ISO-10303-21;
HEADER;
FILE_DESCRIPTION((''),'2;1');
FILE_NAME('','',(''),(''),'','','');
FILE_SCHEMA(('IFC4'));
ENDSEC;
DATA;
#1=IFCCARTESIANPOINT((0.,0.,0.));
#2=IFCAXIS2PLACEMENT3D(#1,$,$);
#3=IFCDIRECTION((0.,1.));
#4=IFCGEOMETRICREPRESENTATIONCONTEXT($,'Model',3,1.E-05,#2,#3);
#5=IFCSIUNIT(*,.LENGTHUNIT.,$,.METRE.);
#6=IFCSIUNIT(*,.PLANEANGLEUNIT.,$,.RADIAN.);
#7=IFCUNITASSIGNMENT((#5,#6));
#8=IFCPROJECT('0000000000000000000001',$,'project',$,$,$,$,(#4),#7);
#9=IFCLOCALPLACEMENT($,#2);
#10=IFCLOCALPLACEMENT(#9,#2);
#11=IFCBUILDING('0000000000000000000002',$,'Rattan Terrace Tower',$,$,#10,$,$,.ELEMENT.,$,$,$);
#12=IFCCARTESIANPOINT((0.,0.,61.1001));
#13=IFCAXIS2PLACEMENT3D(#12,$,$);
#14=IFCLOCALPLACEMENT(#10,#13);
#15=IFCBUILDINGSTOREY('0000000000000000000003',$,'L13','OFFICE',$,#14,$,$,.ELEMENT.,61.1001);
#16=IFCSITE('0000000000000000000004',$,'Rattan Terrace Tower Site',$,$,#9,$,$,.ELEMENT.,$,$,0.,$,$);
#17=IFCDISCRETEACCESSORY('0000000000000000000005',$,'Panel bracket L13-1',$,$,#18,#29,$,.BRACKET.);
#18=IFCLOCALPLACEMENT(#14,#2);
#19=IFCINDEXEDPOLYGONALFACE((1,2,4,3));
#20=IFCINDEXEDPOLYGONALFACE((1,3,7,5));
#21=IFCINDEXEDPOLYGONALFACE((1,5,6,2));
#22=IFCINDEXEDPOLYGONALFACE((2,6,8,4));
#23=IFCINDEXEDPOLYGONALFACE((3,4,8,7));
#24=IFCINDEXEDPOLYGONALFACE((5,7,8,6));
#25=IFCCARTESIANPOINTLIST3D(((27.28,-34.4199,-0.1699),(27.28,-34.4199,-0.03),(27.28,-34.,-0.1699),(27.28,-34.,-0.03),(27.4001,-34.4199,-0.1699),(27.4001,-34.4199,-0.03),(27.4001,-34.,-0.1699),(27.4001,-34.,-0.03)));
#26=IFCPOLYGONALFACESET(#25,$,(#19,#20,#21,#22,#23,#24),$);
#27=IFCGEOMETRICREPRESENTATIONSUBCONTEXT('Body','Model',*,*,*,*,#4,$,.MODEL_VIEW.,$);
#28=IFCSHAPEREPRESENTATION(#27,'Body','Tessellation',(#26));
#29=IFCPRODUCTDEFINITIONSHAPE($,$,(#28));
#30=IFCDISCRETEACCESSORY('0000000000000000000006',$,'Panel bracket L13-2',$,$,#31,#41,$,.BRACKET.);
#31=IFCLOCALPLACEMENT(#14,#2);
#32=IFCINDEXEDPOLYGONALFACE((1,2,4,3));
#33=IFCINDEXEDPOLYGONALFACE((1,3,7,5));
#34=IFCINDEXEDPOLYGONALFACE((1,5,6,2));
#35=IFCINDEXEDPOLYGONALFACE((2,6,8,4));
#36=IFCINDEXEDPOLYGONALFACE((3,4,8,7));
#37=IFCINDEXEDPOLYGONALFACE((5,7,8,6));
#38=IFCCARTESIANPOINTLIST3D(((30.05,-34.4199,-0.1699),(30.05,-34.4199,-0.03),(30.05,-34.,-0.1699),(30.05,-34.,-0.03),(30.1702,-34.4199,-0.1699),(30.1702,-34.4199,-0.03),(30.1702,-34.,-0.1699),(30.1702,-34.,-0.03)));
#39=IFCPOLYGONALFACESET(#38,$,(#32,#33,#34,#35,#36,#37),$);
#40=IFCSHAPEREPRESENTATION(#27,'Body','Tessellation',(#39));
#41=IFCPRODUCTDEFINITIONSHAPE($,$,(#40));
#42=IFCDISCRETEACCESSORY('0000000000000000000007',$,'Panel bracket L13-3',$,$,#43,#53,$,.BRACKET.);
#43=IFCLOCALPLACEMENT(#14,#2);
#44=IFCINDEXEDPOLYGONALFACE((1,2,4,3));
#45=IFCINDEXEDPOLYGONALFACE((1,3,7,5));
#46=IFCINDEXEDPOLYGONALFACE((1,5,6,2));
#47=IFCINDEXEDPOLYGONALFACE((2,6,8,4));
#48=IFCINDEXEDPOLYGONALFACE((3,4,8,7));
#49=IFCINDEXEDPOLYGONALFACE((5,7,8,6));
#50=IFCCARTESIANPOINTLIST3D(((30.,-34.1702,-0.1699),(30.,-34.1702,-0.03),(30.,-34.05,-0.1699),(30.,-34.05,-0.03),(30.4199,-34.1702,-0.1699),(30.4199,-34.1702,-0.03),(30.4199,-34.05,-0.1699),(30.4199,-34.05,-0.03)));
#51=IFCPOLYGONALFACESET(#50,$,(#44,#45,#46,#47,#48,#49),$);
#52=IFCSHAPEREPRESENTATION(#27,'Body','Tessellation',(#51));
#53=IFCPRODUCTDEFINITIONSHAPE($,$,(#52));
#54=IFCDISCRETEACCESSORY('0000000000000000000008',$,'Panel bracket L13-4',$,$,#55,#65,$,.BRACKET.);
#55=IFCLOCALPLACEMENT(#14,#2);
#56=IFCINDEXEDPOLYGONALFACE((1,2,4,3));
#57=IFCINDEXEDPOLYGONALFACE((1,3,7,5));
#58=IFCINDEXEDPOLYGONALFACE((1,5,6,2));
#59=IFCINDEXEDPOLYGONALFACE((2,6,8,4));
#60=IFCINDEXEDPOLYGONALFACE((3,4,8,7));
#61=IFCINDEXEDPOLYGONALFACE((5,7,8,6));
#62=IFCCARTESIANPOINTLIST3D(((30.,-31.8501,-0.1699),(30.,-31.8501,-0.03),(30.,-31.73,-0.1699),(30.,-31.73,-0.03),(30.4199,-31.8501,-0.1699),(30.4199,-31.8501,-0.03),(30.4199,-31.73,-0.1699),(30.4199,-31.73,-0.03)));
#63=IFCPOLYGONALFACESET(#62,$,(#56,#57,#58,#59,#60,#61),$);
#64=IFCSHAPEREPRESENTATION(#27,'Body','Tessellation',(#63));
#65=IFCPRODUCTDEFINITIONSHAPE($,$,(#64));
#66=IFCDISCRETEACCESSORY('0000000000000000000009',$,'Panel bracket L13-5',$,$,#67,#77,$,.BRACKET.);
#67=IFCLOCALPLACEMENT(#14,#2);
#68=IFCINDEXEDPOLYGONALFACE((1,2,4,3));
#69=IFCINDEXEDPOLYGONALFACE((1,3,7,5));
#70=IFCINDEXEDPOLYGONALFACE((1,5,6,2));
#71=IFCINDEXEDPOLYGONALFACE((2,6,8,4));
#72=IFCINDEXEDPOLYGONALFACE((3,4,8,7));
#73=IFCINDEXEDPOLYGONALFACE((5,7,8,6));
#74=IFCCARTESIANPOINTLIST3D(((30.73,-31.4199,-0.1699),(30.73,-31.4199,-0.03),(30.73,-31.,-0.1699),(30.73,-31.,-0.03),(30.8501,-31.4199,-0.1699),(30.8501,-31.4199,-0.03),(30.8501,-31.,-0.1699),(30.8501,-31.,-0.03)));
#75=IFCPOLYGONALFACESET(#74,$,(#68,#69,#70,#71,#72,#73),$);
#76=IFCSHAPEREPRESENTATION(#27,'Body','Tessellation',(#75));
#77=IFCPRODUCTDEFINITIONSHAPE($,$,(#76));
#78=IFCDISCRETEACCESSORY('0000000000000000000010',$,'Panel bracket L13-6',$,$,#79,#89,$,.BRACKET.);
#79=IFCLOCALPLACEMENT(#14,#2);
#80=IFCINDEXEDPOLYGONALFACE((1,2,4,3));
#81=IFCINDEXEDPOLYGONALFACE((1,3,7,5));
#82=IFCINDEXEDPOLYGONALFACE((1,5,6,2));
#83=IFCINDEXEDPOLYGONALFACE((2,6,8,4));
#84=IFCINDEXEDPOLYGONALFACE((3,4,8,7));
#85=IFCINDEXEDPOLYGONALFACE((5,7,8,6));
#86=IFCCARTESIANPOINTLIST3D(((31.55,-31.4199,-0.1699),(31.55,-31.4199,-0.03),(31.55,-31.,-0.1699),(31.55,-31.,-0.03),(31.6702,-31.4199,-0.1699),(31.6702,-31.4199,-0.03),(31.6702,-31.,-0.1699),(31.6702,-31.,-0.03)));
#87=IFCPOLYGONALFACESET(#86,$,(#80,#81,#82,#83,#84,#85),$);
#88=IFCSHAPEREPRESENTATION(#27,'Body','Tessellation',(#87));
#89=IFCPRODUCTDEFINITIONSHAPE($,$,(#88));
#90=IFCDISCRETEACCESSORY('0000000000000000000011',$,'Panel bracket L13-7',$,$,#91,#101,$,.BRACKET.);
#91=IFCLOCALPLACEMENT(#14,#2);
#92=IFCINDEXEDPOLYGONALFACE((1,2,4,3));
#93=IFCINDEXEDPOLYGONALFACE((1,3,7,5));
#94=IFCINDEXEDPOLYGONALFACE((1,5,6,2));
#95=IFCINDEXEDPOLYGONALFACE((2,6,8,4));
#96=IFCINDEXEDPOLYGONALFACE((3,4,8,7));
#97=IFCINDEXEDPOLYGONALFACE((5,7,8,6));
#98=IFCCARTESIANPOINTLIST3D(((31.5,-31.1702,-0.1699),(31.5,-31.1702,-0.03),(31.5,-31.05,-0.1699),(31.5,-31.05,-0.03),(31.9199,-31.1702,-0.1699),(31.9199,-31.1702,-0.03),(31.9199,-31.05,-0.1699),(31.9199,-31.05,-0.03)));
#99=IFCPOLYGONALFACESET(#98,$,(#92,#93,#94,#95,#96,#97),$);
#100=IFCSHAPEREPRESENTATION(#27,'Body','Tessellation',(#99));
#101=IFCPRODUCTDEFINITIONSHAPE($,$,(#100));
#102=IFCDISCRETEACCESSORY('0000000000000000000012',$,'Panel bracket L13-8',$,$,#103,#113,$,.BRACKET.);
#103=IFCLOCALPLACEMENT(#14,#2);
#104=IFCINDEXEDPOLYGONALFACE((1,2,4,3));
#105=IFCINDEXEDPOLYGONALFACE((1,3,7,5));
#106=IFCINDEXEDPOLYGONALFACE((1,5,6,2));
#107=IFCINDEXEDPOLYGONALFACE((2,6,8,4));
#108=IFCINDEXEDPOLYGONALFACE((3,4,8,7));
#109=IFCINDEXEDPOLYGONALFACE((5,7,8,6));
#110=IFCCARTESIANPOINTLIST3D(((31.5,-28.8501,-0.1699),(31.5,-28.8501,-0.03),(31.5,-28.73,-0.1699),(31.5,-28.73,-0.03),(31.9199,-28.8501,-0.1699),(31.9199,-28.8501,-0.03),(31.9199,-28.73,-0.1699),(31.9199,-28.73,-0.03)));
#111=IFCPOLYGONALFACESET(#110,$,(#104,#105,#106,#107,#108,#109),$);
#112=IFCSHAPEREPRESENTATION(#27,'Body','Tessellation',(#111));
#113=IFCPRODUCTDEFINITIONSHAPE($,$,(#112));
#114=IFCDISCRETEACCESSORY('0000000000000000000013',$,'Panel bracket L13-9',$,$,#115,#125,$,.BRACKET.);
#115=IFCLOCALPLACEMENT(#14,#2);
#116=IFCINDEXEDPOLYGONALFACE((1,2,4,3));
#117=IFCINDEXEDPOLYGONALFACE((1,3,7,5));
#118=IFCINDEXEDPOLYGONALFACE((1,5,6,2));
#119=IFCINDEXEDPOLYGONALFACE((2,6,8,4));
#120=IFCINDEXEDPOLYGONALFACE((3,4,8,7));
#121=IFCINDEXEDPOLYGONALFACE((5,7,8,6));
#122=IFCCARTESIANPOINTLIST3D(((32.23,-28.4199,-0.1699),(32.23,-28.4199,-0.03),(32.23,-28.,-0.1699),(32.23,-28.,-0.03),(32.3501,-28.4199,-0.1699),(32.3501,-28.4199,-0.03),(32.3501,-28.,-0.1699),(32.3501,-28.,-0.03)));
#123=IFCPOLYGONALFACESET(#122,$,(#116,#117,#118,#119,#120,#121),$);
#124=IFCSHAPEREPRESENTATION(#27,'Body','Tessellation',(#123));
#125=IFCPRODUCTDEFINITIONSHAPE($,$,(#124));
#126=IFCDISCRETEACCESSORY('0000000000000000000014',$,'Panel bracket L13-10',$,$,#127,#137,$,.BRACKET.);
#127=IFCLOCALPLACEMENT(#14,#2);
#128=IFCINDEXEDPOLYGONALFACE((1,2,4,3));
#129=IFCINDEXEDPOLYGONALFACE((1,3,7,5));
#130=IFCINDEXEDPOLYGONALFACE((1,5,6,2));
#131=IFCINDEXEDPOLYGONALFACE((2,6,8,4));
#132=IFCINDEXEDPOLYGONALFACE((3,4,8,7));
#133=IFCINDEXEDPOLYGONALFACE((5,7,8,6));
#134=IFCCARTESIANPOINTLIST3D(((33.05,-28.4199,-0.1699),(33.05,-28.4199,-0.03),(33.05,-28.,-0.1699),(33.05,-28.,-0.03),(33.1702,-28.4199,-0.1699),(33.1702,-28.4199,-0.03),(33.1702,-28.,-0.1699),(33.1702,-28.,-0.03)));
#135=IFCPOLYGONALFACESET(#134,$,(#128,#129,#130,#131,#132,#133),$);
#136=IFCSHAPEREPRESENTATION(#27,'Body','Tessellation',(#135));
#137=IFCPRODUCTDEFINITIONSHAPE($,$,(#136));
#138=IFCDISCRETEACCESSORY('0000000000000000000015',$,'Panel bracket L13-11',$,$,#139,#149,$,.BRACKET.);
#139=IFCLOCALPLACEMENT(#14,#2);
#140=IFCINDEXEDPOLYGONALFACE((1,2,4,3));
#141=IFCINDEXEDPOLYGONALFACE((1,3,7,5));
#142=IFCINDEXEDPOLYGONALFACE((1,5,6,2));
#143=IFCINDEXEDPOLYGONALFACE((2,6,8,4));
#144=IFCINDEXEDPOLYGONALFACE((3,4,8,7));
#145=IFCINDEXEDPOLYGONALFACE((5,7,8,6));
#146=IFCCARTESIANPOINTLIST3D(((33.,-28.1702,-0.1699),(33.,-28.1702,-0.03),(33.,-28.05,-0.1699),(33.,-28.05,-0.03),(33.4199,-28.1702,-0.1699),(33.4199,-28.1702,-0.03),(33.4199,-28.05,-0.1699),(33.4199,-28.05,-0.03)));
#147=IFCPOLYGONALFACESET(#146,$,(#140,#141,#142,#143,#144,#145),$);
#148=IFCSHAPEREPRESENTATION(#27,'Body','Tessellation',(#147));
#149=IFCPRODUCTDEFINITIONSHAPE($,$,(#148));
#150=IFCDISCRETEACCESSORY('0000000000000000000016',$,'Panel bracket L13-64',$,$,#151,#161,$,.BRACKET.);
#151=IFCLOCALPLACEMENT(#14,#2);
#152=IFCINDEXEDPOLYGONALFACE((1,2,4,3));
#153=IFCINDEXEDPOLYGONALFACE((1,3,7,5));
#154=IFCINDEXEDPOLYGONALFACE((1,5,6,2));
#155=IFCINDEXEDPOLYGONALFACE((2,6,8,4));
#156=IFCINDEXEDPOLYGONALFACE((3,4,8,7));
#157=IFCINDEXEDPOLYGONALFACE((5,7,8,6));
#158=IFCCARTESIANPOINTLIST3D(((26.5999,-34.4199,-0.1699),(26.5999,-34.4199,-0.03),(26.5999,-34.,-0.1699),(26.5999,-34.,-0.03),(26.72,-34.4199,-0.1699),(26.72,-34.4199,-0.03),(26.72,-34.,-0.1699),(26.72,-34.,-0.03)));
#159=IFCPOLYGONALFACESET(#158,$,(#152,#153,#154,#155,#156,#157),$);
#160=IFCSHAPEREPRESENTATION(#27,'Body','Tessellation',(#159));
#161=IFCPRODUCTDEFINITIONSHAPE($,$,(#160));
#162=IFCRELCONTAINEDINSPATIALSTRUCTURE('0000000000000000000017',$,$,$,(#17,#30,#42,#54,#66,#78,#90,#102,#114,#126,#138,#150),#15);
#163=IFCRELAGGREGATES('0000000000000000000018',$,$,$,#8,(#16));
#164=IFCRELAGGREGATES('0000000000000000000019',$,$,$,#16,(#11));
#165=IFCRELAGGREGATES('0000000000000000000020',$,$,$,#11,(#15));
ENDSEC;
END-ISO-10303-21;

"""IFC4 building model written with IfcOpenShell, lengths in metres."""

from ifc_helpers import new_model, si_unit, direction, frame, origin, origin_2d, place, context, subcontext, project, spatial, rectangle, extrude, element, save


model = new_model("IFC4")

# Units and contexts
model_context = context("Model", 3, precision=1e-05, world=origin(), true_north=direction((0.0, 1.0)))
body_context = subcontext(model_context, "Body", "Model", "MODEL_VIEW")
ifc_project = project(units=[si_unit("LENGTHUNIT", "METRE"), si_unit("PLANEANGLEUNIT", "RADIAN")], contexts=[model_context])

# Site, building, storey
site_placement = place(None, origin())
site = spatial("IfcSite", under=ifc_project, at=site_placement, Name="Rattan Terrace Tower Site", CompositionType="ELEMENT", RefElevation=0.0)
building_placement = place(site_placement, origin())
building = spatial("IfcBuilding", under=site, at=building_placement, Name="Rattan Terrace Tower", CompositionType="ELEMENT")
storey_placement = place(building_placement, frame((0.0, 0.0, 61.1001)))
storey = spatial("IfcBuildingStorey", under=building, at=storey_placement, Name="L13", Description="OFFICE", CompositionType="ELEMENT", Elevation=61.1001)

# Discrete accessories
for number, where, z_axis, x_axis, name in (
    (1, (27.3401, -34.21, -0.1699), (0.0, 0.0, 1.0), (1.0, 0.0, 0.0), "Panel bracket L13-1"),
    (2, (30.1101, -34.21, -0.1699), (0.0, 0.0, 1.0), (1.0, 0.0, 0.0), "Panel bracket L13-2"),
    (3, (30.21, -34.1101, -0.1699), (0.0, 0.0, 1.0), (0.0, 1.0, 0.0), "Panel bracket L13-3"),
    (4, (30.21, -31.79, -0.1699), (0.0, 0.0, 1.0), (0.0, 1.0, 0.0), "Panel bracket L13-4"),
    (5, (30.79, -31.21, -0.1699), (0.0, 0.0, 1.0), (1.0, 0.0, 0.0), "Panel bracket L13-5"),
    (6, (31.6101, -31.21, -0.1699), (0.0, 0.0, 1.0), (1.0, 0.0, 0.0), "Panel bracket L13-6"),
    (7, (31.71, -31.1101, -0.1699), (0.0, 0.0, 1.0), (0.0, 1.0, 0.0), "Panel bracket L13-7"),
    (8, (31.71, -28.79, -0.1699), (0.0, 0.0, 1.0), (0.0, 1.0, 0.0), "Panel bracket L13-8"),
    (9, (32.29, -28.21, -0.1699), (0.0, 0.0, 1.0), (1.0, 0.0, 0.0), "Panel bracket L13-9"),
    (10, (33.1101, -28.21, -0.1699), (0.0, 0.0, 1.0), (1.0, 0.0, 0.0), "Panel bracket L13-10"),
    (11, (33.21, -28.1101, -0.1699), (0.0, 0.0, 1.0), (0.0, 1.0, 0.0), "Panel bracket L13-11"),
    (12, (26.6599, -34.21, -0.1699), (0.0, 0.0, 1.0), (1.0, 0.0, 0.0), "Panel bracket L13-64"),
):
    element("IfcDiscreteAccessory", number, at=place(storey_placement, frame(where, z_axis=z_axis, x_axis=x_axis)), inside=storey, Name=name, PredefinedType="BRACKET", context=body_context, shape_type="SweptSolid", body=[
        extrude(rectangle(XDim=0.1201, YDim=0.4199, at=origin_2d()), origin(), (0.0, 0.0, 1.0), 0.1399),
    ])

save(model, "model.ifc")
